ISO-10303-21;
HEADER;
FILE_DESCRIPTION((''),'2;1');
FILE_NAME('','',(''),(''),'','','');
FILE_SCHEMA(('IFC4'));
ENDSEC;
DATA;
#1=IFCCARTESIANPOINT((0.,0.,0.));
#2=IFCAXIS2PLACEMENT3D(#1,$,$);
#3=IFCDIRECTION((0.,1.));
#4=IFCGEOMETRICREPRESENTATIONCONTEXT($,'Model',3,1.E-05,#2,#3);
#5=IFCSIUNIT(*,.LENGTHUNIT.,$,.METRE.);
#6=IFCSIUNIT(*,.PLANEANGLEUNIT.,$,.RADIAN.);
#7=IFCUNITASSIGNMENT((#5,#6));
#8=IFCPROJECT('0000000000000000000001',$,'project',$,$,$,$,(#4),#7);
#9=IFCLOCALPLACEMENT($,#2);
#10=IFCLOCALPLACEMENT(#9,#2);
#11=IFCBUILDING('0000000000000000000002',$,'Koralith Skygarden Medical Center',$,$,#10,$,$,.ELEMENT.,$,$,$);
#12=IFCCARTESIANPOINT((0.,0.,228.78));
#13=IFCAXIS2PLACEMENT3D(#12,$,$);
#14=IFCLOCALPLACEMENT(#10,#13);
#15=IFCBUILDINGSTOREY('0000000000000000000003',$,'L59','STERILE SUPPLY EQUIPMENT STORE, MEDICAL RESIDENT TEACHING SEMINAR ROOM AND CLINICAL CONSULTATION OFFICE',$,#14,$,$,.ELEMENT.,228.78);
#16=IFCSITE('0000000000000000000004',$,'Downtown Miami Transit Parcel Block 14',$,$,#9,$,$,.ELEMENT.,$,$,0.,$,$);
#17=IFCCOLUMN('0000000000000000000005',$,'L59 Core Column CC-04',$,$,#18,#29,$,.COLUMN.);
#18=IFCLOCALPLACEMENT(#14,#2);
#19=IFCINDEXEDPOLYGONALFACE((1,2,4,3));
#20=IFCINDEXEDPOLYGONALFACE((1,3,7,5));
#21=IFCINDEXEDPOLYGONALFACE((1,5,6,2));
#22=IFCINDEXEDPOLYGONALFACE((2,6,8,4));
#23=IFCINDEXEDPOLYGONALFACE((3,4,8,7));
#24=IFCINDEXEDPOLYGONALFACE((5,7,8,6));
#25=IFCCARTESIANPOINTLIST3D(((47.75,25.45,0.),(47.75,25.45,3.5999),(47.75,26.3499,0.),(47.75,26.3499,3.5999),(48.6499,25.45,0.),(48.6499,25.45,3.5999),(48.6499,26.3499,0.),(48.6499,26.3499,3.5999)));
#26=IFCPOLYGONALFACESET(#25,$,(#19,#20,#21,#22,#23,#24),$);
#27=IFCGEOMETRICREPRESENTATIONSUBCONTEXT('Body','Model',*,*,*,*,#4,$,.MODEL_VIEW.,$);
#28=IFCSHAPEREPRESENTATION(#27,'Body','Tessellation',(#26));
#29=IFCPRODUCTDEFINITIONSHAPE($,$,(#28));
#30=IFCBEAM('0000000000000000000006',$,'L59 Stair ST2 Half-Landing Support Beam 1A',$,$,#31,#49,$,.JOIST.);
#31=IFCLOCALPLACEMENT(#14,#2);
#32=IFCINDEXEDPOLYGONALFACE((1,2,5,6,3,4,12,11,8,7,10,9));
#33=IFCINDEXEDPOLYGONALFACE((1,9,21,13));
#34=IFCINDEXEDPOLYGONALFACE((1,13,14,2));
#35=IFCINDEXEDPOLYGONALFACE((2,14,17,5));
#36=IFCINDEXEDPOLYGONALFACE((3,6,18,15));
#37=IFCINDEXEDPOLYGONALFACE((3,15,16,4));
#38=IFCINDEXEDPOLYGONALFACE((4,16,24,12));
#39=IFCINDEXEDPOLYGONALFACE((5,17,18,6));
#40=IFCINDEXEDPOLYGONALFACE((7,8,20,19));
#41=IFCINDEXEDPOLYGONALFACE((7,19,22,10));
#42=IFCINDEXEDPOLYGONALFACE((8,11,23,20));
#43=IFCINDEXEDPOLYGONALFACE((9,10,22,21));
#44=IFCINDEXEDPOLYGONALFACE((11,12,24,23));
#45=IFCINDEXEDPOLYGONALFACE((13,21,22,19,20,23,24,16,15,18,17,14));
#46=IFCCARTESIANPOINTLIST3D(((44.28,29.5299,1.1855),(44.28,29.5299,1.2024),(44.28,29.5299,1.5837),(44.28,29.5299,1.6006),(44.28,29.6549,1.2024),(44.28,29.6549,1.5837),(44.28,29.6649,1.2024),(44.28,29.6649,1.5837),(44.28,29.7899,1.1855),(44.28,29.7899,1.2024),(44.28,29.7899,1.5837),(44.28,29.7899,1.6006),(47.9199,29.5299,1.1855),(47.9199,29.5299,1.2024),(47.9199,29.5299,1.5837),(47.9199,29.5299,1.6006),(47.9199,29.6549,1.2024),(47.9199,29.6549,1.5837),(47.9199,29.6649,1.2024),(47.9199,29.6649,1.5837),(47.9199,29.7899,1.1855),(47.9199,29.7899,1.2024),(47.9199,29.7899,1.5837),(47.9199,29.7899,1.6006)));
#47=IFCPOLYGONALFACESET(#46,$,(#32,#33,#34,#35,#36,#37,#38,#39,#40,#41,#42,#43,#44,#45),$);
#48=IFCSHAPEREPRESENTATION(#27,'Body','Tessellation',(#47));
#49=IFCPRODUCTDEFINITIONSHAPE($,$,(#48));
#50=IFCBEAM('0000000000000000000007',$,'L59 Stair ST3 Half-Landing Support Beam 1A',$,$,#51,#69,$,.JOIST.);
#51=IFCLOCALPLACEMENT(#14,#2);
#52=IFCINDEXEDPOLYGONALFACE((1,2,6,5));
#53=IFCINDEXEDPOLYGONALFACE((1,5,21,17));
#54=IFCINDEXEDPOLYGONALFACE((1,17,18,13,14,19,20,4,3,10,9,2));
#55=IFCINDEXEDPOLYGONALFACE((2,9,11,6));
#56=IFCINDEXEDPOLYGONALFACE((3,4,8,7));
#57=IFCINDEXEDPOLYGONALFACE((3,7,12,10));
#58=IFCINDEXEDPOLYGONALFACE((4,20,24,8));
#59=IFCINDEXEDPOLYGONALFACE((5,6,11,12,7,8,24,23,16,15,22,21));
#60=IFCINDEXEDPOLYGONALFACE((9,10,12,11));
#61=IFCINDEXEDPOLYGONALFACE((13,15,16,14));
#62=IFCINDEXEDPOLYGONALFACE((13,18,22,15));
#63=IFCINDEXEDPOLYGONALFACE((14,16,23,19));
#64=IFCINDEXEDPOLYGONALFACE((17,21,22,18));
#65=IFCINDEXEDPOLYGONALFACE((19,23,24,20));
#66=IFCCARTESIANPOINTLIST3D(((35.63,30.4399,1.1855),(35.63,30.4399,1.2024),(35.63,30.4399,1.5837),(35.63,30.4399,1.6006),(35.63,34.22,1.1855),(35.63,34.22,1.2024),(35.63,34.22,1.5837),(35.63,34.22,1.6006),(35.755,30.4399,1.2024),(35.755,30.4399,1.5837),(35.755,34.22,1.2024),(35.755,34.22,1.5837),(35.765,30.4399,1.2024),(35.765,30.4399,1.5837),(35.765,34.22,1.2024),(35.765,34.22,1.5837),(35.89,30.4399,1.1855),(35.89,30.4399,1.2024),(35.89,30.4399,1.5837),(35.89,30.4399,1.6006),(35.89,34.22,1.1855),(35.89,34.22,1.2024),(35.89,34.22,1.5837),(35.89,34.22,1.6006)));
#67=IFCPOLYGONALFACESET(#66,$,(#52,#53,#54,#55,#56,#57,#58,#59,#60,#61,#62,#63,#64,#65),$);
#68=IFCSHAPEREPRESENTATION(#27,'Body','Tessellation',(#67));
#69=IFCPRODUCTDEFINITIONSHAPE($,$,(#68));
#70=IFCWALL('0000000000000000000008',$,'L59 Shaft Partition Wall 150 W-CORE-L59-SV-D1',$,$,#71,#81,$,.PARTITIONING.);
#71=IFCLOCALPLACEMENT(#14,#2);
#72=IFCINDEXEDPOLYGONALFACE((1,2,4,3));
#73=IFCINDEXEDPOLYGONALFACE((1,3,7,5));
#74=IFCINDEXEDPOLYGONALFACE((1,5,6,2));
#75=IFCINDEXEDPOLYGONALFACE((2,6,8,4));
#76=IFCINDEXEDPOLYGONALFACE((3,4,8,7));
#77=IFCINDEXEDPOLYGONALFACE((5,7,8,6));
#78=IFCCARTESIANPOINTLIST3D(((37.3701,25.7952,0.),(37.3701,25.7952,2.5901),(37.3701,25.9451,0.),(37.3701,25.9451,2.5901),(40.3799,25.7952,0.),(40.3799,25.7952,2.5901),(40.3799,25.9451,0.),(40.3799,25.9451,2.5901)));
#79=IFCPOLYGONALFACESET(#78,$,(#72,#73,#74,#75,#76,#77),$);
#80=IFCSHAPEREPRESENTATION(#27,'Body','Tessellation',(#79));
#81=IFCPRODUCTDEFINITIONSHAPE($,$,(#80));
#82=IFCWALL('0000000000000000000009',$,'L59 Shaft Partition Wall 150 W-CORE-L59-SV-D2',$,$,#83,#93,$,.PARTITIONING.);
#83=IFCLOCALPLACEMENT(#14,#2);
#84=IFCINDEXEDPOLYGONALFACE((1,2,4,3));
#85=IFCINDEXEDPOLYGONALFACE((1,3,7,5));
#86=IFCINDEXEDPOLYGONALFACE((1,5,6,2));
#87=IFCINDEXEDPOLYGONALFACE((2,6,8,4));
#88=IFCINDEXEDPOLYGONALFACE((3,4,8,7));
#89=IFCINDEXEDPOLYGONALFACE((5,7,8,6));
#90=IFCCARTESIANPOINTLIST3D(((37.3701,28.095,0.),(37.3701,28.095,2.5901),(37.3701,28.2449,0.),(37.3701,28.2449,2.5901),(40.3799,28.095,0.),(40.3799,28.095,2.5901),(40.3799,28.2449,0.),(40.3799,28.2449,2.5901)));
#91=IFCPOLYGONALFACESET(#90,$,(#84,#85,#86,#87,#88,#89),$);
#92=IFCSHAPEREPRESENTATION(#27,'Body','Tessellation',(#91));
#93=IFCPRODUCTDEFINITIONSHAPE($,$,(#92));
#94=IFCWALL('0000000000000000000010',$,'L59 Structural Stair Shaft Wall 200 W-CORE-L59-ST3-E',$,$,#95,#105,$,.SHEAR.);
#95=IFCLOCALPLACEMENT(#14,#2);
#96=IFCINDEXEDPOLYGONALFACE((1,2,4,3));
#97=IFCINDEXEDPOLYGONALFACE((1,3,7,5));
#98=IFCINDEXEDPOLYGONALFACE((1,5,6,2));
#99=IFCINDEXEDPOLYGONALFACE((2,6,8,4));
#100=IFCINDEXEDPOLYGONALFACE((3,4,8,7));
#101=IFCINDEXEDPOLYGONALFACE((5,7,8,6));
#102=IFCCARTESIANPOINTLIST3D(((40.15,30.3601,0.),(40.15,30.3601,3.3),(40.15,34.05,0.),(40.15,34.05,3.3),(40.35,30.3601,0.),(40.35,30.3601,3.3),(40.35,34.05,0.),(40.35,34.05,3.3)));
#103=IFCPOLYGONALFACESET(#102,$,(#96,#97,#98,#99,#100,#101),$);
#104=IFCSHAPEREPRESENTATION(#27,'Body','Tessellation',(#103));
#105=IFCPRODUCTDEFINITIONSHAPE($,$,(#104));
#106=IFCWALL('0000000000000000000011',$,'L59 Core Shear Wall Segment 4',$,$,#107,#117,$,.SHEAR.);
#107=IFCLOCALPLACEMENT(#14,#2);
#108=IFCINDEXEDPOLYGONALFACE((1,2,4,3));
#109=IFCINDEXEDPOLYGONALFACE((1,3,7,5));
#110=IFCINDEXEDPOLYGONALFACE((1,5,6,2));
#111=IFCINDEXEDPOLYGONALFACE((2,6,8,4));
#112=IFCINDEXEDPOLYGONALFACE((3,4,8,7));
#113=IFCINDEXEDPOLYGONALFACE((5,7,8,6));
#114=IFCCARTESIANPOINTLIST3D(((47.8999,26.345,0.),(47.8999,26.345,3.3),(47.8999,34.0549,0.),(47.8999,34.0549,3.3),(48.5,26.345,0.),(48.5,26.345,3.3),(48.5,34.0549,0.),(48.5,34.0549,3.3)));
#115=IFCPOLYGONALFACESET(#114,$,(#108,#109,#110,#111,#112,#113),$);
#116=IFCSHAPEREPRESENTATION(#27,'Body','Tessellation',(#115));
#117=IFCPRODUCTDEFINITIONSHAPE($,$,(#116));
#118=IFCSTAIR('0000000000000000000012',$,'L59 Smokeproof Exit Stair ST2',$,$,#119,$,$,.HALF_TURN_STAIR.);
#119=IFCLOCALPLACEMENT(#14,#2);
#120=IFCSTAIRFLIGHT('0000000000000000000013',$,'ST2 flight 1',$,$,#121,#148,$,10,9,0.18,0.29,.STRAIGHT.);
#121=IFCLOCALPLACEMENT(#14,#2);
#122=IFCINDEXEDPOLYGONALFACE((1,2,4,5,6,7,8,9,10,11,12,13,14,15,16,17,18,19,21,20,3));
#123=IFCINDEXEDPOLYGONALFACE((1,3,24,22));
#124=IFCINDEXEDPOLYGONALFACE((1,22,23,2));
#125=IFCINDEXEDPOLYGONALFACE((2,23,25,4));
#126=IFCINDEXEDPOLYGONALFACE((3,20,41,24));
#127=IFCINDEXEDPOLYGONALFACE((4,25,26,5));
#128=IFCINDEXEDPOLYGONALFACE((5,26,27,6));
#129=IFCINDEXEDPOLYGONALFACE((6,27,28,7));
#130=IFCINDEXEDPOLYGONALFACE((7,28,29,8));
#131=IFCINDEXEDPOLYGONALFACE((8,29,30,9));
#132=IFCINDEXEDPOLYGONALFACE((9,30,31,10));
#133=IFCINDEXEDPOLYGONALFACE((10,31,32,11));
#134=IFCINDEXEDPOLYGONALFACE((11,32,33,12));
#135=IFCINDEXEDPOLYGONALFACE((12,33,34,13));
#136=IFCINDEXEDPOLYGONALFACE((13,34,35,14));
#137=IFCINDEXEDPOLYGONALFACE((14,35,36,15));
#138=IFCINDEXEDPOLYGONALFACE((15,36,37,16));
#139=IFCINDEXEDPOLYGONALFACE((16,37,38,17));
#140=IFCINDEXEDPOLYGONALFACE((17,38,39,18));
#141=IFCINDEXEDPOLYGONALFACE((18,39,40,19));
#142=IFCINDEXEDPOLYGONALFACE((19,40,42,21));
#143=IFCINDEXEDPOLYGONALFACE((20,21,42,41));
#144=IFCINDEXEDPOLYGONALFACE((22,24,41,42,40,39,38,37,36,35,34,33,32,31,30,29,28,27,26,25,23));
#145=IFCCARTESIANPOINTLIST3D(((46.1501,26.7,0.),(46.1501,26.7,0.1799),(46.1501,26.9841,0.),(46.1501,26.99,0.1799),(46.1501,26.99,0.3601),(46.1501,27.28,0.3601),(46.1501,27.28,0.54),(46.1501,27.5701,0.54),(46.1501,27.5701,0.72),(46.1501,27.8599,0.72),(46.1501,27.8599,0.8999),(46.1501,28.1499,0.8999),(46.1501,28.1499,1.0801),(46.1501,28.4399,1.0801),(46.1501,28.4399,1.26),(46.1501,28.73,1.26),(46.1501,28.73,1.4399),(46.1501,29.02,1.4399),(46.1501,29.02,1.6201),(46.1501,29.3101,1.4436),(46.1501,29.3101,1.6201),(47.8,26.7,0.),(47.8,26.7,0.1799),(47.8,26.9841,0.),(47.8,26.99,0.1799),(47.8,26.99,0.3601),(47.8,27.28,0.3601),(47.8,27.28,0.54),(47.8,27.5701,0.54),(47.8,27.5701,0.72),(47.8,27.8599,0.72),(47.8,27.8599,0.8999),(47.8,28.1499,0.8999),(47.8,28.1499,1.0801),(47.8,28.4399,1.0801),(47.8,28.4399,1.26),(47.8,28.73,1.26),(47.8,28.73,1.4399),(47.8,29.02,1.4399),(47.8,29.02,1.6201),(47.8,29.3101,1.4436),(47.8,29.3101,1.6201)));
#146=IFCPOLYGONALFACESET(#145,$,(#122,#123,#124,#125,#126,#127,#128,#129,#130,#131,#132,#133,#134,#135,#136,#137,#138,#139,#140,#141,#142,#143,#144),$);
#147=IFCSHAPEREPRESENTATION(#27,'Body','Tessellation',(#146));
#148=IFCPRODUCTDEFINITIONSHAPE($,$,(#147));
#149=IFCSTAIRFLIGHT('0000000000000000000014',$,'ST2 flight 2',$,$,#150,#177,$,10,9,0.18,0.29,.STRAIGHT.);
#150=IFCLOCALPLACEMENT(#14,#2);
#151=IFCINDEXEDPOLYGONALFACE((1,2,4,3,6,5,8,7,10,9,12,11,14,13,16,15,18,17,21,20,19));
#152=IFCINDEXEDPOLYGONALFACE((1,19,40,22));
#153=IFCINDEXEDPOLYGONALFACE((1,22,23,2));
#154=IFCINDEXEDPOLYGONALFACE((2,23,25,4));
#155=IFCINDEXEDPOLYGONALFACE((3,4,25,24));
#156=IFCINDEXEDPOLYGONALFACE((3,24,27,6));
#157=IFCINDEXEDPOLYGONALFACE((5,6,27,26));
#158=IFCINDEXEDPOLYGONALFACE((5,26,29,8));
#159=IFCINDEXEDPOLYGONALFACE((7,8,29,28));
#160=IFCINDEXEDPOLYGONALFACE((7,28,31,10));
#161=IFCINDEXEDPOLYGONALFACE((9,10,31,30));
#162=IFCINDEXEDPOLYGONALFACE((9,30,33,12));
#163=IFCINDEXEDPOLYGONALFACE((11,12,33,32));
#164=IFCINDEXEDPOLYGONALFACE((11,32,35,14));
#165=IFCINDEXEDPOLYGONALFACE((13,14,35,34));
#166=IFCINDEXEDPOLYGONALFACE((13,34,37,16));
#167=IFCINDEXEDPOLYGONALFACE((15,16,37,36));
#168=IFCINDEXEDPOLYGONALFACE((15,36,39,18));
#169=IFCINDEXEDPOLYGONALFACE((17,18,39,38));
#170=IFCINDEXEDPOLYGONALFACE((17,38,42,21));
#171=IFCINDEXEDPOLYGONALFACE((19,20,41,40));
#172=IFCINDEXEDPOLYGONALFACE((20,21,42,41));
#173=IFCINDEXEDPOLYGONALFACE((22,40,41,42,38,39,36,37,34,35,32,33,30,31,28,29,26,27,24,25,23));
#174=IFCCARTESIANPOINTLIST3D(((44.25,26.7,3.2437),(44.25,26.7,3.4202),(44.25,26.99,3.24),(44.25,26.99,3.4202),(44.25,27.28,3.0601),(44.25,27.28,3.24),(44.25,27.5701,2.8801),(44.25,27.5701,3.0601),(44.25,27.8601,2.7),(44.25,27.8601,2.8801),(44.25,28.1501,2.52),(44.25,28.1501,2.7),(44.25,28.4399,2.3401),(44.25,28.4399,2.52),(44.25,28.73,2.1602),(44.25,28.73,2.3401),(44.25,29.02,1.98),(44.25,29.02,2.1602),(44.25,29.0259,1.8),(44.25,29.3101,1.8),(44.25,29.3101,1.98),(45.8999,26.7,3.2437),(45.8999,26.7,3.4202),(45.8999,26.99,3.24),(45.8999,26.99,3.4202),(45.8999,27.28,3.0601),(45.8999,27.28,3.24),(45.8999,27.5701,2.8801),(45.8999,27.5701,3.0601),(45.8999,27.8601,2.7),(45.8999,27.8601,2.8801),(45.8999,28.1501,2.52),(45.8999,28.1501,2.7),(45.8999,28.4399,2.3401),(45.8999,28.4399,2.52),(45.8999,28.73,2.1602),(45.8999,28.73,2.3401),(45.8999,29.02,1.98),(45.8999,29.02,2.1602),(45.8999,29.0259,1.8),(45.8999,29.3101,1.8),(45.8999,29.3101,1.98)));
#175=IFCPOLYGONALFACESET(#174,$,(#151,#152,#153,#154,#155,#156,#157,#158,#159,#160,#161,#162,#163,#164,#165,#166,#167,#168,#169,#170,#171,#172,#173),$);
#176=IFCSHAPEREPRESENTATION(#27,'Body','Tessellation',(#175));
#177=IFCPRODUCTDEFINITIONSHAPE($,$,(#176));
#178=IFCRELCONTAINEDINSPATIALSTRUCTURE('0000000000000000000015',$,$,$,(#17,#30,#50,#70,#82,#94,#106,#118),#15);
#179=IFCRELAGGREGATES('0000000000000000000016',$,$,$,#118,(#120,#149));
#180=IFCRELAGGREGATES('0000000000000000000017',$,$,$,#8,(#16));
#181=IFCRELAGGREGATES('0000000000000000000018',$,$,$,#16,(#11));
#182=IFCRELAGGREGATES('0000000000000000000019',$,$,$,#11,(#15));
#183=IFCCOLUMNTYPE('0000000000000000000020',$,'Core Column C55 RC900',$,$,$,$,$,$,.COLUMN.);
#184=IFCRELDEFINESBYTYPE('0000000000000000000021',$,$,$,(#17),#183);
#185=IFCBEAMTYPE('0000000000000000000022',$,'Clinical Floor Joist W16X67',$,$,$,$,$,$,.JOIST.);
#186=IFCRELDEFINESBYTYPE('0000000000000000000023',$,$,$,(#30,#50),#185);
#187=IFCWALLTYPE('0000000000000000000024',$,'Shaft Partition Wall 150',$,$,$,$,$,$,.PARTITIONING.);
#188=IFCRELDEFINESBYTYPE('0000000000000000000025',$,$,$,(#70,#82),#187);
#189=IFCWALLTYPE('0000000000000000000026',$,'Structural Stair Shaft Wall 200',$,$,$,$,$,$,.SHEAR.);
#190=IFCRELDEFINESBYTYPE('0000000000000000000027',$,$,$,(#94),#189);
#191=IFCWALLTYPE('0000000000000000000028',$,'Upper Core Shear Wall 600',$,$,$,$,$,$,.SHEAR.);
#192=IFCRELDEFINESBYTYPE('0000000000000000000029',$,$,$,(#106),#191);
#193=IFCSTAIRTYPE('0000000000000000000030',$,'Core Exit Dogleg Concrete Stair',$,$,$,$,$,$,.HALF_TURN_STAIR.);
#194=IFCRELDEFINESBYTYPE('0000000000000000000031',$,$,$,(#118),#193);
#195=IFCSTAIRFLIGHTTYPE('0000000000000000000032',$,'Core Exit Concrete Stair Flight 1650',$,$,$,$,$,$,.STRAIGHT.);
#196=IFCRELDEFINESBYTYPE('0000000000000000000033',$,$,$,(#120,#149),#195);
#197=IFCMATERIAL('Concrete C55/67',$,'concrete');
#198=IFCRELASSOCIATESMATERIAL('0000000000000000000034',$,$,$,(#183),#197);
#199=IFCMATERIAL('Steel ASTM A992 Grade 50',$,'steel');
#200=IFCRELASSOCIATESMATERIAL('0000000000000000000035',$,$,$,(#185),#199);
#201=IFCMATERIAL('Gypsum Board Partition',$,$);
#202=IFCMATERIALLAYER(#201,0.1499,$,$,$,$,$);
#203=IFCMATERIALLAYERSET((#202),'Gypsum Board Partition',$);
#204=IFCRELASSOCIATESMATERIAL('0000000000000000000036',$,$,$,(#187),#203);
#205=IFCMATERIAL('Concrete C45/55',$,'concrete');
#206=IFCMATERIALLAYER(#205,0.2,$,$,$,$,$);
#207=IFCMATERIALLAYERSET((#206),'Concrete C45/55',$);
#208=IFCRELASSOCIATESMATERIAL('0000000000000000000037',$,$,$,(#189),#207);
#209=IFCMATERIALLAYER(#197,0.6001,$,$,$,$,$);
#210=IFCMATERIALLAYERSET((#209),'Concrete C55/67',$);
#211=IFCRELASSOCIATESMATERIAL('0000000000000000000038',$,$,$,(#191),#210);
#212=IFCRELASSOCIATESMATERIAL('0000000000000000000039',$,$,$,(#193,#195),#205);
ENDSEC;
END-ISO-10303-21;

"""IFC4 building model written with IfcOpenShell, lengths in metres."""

from ifc_helpers import new_model, si_unit, direction, frame, frame_2d, origin, origin_2d, place, context, subcontext, project, spatial, polyline, rectangle, i_section, outline, extrude, material, layer, layer_set, material_profile, profile_set, type_object, element, aggregate, save


model = new_model("IFC4")

# Units and contexts
model_context = context("Model", 3, precision=1e-05, world=origin(), true_north=direction((0.0, 1.0)))
body_context = subcontext(model_context, "Body", "Model", "MODEL_VIEW")
ifc_project = project(units=[si_unit("LENGTHUNIT", "METRE"), si_unit("PLANEANGLEUNIT", "RADIAN")], contexts=[model_context])

# Site, building, storey
site_placement = place(None, origin())
site = spatial("IfcSite", under=ifc_project, at=site_placement, Name="Downtown Miami Transit Parcel Block 14", CompositionType="ELEMENT", RefElevation=0.0)
building_placement = place(site_placement, origin())
building = spatial("IfcBuilding", under=site, at=building_placement, Name="Koralith Skygarden Medical Center", CompositionType="ELEMENT")
storey_placement = place(building_placement, frame((0.0, 0.0, 228.78)))
storey = spatial("IfcBuildingStorey", under=building, at=storey_placement, Name="L59", Description="STERILE SUPPLY EQUIPMENT STORE, MEDICAL RESIDENT TEACHING SEMINAR ROOM AND CLINICAL CONSULTATION OFFICE", CompositionType="ELEMENT", Elevation=228.78)

# Column
ifc_material_1 = material(Name="Concrete C55/67", Category="concrete")
ifc_material_profile_1 = material_profile(ifc_material_1, rectangle(XDim=0.8999, YDim=0.8999, at=origin_2d()), Name="RC900X900")
ifc_profile_set_1 = profile_set([ifc_material_profile_1], Name="Concrete C55/67")
column_type = type_object("IfcColumnType", Name="Core Column C55 RC900", PredefinedType="COLUMN", material=ifc_profile_set_1)
column_placement = place(storey_placement, frame((48.2, 25.8999, 0.0), z_axis=(0.0, 0.0, 1.0), x_axis=(1.0, 0.0, 0.0)))
element("IfcColumn", 1, at=column_placement, inside=storey, type_object=column_type, Name="L59 Core Column CC-04", PredefinedType="COLUMN", context=body_context, shape_type="SweptSolid", body=[
    extrude(rectangle(XDim=0.8999, YDim=0.8999, at=origin_2d()), origin(), (0.0, 0.0, 1.0), 3.5999),
])

# Beams
ifc_material_2 = material(Name="Steel ASTM A992 Grade 50", Category="steel")
ifc_material_profile_2 = material_profile(ifc_material_2, i_section(OverallWidth=0.26, OverallDepth=0.415, WebThickness=0.01, FlangeThickness=0.0168, at=origin_2d()), Name="W16X67")
ifc_profile_set_2 = profile_set([ifc_material_profile_2], Name="Steel ASTM A992 Grade 50")
beam_type = type_object("IfcBeamType", Name="Clinical Floor Joist W16X67", PredefinedType="JOIST", material=ifc_profile_set_2)
beam_1_placement = place(storey_placement, frame((44.28, 29.6599, 1.3931), z_axis=(1.0, 0.0, 0.0), x_axis=(0.0, 1.0, 0.0)))
element("IfcBeam", 2, at=beam_1_placement, inside=storey, type_object=beam_type, Name="L59 Stair ST2 Half-Landing Support Beam 1A", PredefinedType="JOIST", context=body_context, shape_type="SweptSolid", body=[
    extrude(i_section(OverallWidth=0.26, OverallDepth=0.415, WebThickness=0.01, FlangeThickness=0.0168, at=origin_2d()), origin(), (0.0, 0.0, 1.0), 3.6399),
])
beam_2_placement = place(storey_placement, frame((35.76, 30.4399, 1.3931), z_axis=(0.0, 1.0, 0.0), x_axis=(-1.0, 0.0, 0.0)))
element("IfcBeam", 3, at=beam_2_placement, inside=storey, type_object=beam_type, Name="L59 Stair ST3 Half-Landing Support Beam 1A", PredefinedType="JOIST", context=body_context, shape_type="SweptSolid", body=[
    extrude(i_section(OverallWidth=0.26, OverallDepth=0.415, WebThickness=0.01, FlangeThickness=0.0168, at=origin_2d()), origin(), (0.0, 0.0, 1.0), 3.78),
])

# Walls
ifc_material_3 = material(Name="Gypsum Board Partition")
ifc_layer_1 = layer(ifc_material_3, 0.1499)
ifc_layer_set_1 = layer_set([ifc_layer_1], Name="Gypsum Board Partition")
wall_type_1 = type_object("IfcWallType", Name="Shaft Partition Wall 150", PredefinedType="PARTITIONING", material=ifc_layer_set_1)
for number, where, z_axis, x_axis, name in (
    (4, (37.3701, 25.8701, 0.0), (0.0, 0.0, 1.0), (1.0, 0.0, 0.0), "L59 Shaft Partition Wall 150 W-CORE-L59-SV-D1"),
    (5, (37.3701, 28.1699, 0.0), (0.0, 0.0, 1.0), (1.0, 0.0, 0.0), "L59 Shaft Partition Wall 150 W-CORE-L59-SV-D2"),
):
    element("IfcWall", number, at=place(storey_placement, frame(where, z_axis=z_axis, x_axis=x_axis)), inside=storey, type_object=wall_type_1, Name=name, PredefinedType="PARTITIONING", context=body_context, shape_type="SweptSolid", body=[
        extrude(rectangle(XDim=3.0098, YDim=0.1499, at=frame_2d((1.5049, 0.0))), origin(), (0.0, 0.0, 1.0), 2.5901),
    ])
ifc_material_4 = material(Name="Concrete C45/55", Category="concrete")
ifc_layer_2 = layer(ifc_material_4, 0.2)
ifc_layer_set_2 = layer_set([ifc_layer_2], Name="Concrete C45/55")
wall_type_2 = type_object("IfcWallType", Name="Structural Stair Shaft Wall 200", PredefinedType="SHEAR", material=ifc_layer_set_2)
wall_1_placement = place(storey_placement, frame((40.25, 30.3601, 0.0), z_axis=(0.0, 0.0, 1.0), x_axis=(0.0, 1.0, 0.0)))
element("IfcWall", 6, at=wall_1_placement, inside=storey, type_object=wall_type_2, Name="L59 Structural Stair Shaft Wall 200 W-CORE-L59-ST3-E", PredefinedType="SHEAR", context=body_context, shape_type="SweptSolid", body=[
    extrude(rectangle(XDim=3.6899, YDim=0.2, at=frame_2d((1.845, 0.0))), origin(), (0.0, 0.0, 1.0), 3.3),
])
ifc_layer_3 = layer(ifc_material_1, 0.6001)
ifc_layer_set_3 = layer_set([ifc_layer_3], Name="Concrete C55/67")
wall_type_3 = type_object("IfcWallType", Name="Upper Core Shear Wall 600", PredefinedType="SHEAR", material=ifc_layer_set_3)
wall_2_placement = place(storey_placement, frame((48.2, 26.345, 0.0), z_axis=(0.0, 0.0, 1.0), x_axis=(0.0, 1.0, 0.0)))
element("IfcWall", 7, at=wall_2_placement, inside=storey, type_object=wall_type_3, Name="L59 Core Shear Wall Segment 4", PredefinedType="SHEAR", context=body_context, shape_type="SweptSolid", body=[
    extrude(rectangle(XDim=7.71, YDim=0.6001, at=frame_2d((3.855, 0.0))), origin(), (0.0, 0.0, 1.0), 3.3),
])

# Stair, stair flights
stair_type = type_object("IfcStairType", Name="Core Exit Dogleg Concrete Stair", PredefinedType="HALF_TURN_STAIR", material=ifc_material_4)
stair_placement = place(storey_placement, origin())
stair = element("IfcStair", 8, at=stair_placement, inside=storey, type_object=stair_type, Name="L59 Smokeproof Exit Stair ST2", PredefinedType="HALF_TURN_STAIR")
stair_flight_type = type_object("IfcStairFlightType", Name="Core Exit Concrete Stair Flight 1650", PredefinedType="STRAIGHT", material=ifc_material_4)
stair_flight_1_placement = place(storey_placement, frame((46.9751, 26.7, 0.0), z_axis=(0.0, 0.0, 1.0), x_axis=(0.0, 1.0, 0.0)))
stair_flight_1 = element("IfcStairFlight", 9, at=stair_flight_1_placement, type_object=stair_flight_type, Name="ST2 flight 1", NumberOfRisers=10, NumberOfTreads=9, PredefinedType="STRAIGHT", RiserHeight=0.18, TreadLength=0.29, context=body_context, shape_type="SweptSolid", body=[
    extrude(outline(polyline([(0.0, 0.0), (0.0, 0.1799), (0.29, 0.1799), (0.29, 0.3601), (0.5801, 0.3601), (0.5801, 0.54), (0.8701, 0.54), (0.8701, 0.72), (1.1599, 0.72), (1.1599, 0.8999), (1.45, 0.8999), (1.45, 1.0801), (1.74, 1.0801), (1.74, 1.26), (2.03, 1.26), (2.03, 1.4399), (2.3201, 1.4399), (2.3201, 1.6201), (2.6101, 1.6201), (2.6101, 1.8), (2.6101, 1.4436), (0.2842, 0.0), (0.0, 0.0)])), frame((0.0, 0.825, 0.0), z_axis=(0.0, -1.0, 0.0), x_axis=(1.0, 0.0, 0.0)), (0.0, 0.0, 1.0), 1.6499),
])
stair_flight_2_placement = place(storey_placement, frame((45.075, 29.3101, 1.8), z_axis=(0.0, 0.0, 1.0), x_axis=(0.0, -1.0, 0.0)))
stair_flight_2 = element("IfcStairFlight", 10, at=stair_flight_2_placement, type_object=stair_flight_type, Name="ST2 flight 2", NumberOfRisers=10, NumberOfTreads=9, PredefinedType="STRAIGHT", RiserHeight=0.18, TreadLength=0.29, context=body_context, shape_type="SweptSolid", body=[
    extrude(outline(polyline([(0.0, 0.0), (0.0, 0.1799), (0.29, 0.1799), (0.29, 0.3601), (0.5801, 0.3601), (0.5801, 0.54), (0.8701, 0.54), (0.8701, 0.72), (1.1599, 0.72), (1.1599, 0.8999), (1.45, 0.8999), (1.45, 1.0801), (1.74, 1.0801), (1.74, 1.26), (2.03, 1.26), (2.03, 1.4399), (2.3201, 1.4399), (2.3201, 1.6201), (2.6101, 1.6201), (2.6101, 1.8), (2.6101, 1.4436), (0.2842, 0.0), (0.0, 0.0)])), frame((0.0, 0.825, 0.0), z_axis=(0.0, -1.0, 0.0), x_axis=(1.0, 0.0, 0.0)), (0.0, 0.0, 1.0), 1.6499),
])
aggregate(stair, [stair_flight_1, stair_flight_2])

save(model, "model.ifc")
